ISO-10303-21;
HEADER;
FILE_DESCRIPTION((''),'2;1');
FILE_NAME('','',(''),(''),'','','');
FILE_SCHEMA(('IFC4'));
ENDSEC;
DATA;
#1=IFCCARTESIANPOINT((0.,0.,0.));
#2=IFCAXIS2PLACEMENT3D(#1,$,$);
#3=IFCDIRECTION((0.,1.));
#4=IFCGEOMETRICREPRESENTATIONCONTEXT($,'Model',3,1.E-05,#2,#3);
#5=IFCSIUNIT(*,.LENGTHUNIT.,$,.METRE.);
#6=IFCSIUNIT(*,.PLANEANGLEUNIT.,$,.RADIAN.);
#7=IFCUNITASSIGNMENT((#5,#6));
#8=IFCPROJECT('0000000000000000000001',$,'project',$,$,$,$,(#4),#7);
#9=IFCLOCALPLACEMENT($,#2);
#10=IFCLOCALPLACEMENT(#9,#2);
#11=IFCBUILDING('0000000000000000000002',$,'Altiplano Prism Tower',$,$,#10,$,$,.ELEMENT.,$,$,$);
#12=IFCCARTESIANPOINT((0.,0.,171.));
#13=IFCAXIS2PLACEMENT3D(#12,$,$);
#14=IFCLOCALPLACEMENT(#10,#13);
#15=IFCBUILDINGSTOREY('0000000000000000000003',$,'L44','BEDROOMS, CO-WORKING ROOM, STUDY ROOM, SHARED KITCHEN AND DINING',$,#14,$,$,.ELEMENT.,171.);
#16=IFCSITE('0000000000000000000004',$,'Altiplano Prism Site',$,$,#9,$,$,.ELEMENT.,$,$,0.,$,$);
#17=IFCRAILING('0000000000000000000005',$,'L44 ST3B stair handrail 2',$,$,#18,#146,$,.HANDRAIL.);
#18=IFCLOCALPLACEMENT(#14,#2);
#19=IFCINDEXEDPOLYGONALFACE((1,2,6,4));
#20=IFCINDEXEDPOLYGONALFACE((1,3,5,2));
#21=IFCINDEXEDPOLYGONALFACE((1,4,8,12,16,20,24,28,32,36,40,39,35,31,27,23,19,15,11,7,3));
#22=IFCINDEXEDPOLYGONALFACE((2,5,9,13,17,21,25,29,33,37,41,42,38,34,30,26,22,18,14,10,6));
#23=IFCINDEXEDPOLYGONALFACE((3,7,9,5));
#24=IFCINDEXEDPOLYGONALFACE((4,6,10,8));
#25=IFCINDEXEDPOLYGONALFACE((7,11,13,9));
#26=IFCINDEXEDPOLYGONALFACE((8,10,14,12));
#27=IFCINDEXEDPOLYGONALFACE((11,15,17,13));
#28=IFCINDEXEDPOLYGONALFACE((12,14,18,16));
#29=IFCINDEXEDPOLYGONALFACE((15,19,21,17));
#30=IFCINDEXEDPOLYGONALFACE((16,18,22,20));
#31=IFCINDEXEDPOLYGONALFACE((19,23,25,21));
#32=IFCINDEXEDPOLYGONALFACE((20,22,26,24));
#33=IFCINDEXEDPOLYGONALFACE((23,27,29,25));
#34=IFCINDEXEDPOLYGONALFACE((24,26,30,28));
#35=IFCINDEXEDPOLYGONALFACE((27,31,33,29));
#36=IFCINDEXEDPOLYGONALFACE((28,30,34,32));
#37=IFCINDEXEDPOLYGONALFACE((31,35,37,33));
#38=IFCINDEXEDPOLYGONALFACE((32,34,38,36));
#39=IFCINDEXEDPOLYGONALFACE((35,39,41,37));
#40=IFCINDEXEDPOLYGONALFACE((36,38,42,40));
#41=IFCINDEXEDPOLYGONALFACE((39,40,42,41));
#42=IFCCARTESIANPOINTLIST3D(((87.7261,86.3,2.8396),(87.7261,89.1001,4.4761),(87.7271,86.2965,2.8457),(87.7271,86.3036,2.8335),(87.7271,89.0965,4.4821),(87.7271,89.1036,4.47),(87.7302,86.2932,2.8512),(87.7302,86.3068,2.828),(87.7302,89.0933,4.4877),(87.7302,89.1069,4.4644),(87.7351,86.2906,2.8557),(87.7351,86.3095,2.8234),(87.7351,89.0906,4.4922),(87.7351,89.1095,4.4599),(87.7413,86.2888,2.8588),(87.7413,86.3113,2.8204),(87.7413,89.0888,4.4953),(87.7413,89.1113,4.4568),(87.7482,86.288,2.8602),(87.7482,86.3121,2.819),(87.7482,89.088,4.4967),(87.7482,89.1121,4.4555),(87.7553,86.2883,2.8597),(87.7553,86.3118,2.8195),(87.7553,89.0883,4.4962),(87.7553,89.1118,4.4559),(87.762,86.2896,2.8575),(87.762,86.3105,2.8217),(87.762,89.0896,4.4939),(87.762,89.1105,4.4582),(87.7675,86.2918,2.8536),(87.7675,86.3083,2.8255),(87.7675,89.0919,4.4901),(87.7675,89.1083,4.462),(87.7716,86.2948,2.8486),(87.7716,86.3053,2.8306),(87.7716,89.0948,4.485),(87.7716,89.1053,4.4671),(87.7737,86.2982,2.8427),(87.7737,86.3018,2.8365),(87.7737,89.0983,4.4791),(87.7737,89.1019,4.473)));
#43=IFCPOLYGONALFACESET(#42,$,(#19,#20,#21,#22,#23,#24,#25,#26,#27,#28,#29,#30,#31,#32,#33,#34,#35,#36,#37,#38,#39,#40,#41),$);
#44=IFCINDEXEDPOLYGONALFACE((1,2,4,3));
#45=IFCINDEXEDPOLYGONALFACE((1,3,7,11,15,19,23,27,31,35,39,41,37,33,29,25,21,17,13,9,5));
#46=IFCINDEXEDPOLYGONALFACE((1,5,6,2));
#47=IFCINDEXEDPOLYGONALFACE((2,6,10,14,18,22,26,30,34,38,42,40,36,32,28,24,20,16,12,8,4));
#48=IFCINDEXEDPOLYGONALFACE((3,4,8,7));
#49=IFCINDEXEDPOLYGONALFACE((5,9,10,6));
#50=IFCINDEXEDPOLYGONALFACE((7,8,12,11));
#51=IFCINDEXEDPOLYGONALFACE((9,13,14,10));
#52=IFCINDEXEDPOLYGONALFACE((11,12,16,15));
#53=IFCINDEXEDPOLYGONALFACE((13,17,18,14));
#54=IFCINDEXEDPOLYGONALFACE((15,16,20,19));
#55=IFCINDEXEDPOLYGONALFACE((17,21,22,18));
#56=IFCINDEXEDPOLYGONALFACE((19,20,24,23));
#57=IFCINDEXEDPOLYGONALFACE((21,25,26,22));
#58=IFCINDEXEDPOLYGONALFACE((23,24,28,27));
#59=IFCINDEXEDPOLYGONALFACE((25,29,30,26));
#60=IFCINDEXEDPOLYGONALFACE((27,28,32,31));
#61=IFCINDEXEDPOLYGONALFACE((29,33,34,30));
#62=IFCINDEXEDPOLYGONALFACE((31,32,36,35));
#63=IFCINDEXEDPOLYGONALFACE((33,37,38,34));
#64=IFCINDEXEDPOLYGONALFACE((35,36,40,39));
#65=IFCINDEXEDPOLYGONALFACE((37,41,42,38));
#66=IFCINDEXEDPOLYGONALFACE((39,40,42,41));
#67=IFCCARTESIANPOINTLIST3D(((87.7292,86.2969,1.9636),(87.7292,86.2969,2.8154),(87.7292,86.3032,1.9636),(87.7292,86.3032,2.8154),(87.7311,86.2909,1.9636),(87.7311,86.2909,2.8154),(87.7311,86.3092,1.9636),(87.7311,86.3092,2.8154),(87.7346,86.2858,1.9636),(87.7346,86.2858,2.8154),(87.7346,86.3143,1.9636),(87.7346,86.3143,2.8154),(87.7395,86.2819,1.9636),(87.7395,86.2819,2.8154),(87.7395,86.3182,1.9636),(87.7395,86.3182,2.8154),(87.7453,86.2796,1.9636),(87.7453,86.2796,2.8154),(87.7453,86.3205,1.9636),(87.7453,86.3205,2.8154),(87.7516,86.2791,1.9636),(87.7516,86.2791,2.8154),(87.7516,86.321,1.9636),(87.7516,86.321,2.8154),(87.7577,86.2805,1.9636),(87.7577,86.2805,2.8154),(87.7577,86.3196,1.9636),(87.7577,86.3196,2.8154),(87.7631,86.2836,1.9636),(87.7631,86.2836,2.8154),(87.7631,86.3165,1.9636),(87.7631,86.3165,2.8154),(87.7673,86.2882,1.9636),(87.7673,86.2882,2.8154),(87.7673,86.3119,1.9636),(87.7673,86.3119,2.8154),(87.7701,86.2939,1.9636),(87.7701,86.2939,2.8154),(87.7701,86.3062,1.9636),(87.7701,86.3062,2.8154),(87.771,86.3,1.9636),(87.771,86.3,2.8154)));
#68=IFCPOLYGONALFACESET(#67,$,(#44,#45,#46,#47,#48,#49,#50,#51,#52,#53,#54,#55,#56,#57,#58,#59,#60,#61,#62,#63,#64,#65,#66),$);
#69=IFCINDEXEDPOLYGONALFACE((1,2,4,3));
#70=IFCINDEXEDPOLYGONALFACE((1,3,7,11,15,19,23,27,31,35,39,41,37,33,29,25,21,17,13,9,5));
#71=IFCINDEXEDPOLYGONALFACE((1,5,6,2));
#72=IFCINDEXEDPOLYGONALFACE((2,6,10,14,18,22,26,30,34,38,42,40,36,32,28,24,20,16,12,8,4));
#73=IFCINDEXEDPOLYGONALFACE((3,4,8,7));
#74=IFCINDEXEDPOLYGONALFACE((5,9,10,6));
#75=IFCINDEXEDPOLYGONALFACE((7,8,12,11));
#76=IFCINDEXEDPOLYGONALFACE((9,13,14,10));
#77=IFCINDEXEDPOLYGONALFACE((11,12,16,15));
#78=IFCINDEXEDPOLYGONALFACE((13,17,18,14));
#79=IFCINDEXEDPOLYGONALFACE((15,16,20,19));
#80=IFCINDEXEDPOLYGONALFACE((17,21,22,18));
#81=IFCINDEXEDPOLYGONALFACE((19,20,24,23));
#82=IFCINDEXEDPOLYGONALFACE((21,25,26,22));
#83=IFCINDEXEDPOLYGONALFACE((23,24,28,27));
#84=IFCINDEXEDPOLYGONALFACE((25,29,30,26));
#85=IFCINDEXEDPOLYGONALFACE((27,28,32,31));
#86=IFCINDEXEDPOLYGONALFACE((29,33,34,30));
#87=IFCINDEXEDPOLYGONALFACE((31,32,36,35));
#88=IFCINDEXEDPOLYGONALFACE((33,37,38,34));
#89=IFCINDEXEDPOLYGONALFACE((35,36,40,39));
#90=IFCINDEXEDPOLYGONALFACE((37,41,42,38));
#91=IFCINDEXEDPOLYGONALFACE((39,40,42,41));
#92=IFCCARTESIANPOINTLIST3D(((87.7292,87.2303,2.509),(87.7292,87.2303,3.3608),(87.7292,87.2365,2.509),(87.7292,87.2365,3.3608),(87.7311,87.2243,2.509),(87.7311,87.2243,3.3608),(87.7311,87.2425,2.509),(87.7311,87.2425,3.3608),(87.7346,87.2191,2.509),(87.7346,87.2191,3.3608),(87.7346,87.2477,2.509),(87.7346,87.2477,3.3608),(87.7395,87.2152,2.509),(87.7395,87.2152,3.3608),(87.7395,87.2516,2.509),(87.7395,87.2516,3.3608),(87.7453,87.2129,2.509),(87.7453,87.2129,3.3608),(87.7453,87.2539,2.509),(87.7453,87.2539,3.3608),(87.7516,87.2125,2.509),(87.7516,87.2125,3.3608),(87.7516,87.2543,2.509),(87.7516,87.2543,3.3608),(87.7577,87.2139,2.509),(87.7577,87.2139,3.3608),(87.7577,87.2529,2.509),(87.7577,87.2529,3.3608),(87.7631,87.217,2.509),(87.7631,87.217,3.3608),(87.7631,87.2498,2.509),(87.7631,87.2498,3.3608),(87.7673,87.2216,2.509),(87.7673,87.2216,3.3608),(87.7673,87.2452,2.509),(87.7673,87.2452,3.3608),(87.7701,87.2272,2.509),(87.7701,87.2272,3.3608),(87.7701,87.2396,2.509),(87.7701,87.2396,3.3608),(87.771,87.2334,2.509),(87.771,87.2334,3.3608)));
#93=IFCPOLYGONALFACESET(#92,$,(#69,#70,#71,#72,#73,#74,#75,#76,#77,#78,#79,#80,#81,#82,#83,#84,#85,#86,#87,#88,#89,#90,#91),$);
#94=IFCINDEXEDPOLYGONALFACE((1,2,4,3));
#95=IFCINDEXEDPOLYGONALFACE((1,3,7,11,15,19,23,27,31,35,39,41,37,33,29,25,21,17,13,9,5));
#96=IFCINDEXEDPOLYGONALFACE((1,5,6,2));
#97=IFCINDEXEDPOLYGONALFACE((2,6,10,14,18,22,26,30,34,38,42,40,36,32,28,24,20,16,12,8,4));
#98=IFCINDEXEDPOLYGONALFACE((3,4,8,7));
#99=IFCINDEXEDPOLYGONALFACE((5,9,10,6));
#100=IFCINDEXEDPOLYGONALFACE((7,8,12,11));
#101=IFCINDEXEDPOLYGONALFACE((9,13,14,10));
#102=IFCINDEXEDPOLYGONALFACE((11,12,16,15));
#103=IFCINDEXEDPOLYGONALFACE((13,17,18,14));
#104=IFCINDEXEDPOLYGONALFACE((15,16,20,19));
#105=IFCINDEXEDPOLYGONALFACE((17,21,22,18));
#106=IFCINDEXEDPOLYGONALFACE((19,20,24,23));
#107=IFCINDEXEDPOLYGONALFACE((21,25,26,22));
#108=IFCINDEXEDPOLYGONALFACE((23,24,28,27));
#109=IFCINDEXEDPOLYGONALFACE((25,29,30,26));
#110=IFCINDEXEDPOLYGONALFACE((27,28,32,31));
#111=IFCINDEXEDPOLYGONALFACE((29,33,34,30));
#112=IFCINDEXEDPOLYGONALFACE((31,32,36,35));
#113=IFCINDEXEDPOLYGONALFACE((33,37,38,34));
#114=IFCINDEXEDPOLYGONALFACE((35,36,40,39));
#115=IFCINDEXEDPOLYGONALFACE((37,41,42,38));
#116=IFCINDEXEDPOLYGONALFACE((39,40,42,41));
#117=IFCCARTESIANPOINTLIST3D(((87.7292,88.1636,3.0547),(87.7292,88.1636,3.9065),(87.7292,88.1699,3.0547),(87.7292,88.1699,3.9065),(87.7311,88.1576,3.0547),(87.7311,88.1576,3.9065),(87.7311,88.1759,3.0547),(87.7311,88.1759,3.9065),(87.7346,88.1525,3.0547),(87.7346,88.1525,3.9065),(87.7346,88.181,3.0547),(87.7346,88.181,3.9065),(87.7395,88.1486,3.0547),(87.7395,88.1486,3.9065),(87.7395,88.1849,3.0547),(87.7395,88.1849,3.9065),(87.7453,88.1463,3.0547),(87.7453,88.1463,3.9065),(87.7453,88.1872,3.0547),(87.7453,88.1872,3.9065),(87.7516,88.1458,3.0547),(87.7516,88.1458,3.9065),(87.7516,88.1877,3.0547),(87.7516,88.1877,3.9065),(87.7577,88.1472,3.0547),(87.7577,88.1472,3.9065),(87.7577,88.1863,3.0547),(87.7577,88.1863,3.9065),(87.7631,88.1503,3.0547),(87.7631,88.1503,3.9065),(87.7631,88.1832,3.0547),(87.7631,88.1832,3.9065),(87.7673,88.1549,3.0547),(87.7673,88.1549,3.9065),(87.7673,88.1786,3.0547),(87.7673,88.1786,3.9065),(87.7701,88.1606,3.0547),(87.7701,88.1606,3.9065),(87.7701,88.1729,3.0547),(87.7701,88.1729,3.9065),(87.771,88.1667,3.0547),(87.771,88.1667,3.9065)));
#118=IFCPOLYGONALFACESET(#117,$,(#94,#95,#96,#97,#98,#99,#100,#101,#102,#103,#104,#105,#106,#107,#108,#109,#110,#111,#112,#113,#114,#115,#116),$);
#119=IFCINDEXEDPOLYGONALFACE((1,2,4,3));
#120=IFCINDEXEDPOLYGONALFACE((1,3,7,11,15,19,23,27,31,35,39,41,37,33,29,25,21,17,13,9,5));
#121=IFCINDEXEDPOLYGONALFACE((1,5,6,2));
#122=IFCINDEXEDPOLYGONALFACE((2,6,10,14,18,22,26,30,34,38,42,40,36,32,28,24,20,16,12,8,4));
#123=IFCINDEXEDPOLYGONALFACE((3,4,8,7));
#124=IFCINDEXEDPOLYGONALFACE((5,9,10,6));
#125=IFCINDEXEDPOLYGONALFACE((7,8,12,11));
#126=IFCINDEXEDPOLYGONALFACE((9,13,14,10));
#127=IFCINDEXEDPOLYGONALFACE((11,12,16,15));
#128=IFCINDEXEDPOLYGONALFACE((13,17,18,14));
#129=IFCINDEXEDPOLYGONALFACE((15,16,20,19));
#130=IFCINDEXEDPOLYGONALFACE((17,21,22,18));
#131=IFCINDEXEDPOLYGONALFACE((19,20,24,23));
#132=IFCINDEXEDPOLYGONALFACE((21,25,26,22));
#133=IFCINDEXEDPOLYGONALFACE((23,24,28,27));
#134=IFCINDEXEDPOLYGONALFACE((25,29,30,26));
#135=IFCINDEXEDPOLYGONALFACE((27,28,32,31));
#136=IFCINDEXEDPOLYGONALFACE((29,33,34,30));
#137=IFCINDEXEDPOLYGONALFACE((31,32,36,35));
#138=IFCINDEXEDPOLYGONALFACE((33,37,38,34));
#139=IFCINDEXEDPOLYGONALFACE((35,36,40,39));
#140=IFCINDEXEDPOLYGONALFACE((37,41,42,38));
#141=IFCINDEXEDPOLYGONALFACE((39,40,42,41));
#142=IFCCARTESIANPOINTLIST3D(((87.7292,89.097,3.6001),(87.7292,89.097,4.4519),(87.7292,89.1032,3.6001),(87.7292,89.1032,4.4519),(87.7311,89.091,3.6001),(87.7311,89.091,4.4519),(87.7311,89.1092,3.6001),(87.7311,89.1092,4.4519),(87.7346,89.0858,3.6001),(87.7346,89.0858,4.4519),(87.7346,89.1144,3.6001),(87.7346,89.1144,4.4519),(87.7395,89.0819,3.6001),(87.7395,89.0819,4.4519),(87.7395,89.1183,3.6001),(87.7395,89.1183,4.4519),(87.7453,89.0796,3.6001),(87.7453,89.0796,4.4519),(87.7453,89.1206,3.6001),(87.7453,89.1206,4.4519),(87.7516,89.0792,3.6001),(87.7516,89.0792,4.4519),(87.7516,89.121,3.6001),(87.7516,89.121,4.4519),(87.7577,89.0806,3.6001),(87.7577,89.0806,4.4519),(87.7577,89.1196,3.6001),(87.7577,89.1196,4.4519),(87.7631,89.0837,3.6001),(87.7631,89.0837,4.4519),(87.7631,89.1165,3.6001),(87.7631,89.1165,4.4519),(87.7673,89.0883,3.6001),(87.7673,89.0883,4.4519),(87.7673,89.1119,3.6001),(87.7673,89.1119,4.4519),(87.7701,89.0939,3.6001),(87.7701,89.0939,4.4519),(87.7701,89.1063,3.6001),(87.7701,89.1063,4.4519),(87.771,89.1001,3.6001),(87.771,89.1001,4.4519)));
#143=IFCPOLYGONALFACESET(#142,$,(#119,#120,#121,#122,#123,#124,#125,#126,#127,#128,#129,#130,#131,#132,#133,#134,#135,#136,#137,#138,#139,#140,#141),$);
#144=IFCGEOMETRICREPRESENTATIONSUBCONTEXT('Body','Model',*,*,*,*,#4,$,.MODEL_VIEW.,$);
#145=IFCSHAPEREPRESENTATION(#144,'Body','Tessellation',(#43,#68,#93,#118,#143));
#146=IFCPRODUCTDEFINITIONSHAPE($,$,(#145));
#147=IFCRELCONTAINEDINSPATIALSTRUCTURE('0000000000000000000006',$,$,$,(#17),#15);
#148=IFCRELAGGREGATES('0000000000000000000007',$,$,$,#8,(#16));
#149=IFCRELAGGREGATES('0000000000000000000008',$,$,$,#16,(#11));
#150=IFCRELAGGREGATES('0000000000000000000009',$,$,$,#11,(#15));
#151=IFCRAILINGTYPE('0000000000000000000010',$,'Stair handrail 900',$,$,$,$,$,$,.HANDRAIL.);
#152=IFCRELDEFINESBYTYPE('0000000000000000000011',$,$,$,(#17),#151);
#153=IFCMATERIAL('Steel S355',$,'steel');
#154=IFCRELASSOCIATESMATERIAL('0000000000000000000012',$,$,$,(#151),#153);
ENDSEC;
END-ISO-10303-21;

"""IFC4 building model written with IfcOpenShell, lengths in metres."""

from ifc_helpers import new_model, si_unit, direction, frame, origin, origin_2d, place, context, subcontext, project, spatial, circle, extrude, material, type_object, element, save


model = new_model("IFC4")

# Units and contexts
model_context = context("Model", 3, precision=1e-05, world=origin(), true_north=direction((0.0, 1.0)))
body_context = subcontext(model_context, "Body", "Model", "MODEL_VIEW")
ifc_project = project(units=[si_unit("LENGTHUNIT", "METRE"), si_unit("PLANEANGLEUNIT", "RADIAN")], contexts=[model_context])

# Site, building, storey
site_placement = place(None, origin())
site = spatial("IfcSite", under=ifc_project, at=site_placement, Name="Altiplano Prism Site", CompositionType="ELEMENT", RefElevation=0.0)
building_placement = place(site_placement, origin())
building = spatial("IfcBuilding", under=site, at=building_placement, Name="Altiplano Prism Tower", CompositionType="ELEMENT")
storey_placement = place(building_placement, frame((0.0, 0.0, 171.0)))
storey = spatial("IfcBuildingStorey", under=building, at=storey_placement, Name="L44", Description="BEDROOMS, CO-WORKING ROOM, STUDY ROOM, SHARED KITCHEN AND DINING", CompositionType="ELEMENT", Elevation=171.0)

# Railing
ifc_material_1 = material(Name="Steel S355", Category="steel")
railing_type = type_object("IfcRailingType", Name="Stair handrail 900", PredefinedType="HANDRAIL", material=ifc_material_1)
for number, where, name in (
    (1, (87.75, 86.3, 1.9636), "L44 ST3B stair handrail 2"),
):
    element("IfcRailing", number, at=place(storey_placement, frame(where)), inside=storey, type_object=railing_type, Name=name, PredefinedType="HANDRAIL", context=body_context, shape_type="SweptSolid", body=[
        extrude(circle(Radius=0.0239, at=origin_2d()), frame((0.0, 0.0, 0.876), z_axis=(0.0, 0.863361, 0.504587), x_axis=(-1.0, 0.0, 0.0)), (0.0, 0.0, 1.0), 3.2432),
        extrude(circle(Radius=0.021, at=origin_2d()), origin(), (0.0, 0.0, 1.0), 0.8518),
        extrude(circle(Radius=0.021, at=origin_2d()), frame((0.0, 0.9333, 0.5454)), (0.0, 0.0, 1.0), 0.8518),
        extrude(circle(Radius=0.021, at=origin_2d()), frame((0.0, 1.8667, 1.0911)), (0.0, 0.0, 1.0), 0.8518),
        extrude(circle(Radius=0.021, at=origin_2d()), frame((0.0, 2.8, 1.6365)), (0.0, 0.0, 1.0), 0.8518),
    ])

save(model, "model.ifc")
